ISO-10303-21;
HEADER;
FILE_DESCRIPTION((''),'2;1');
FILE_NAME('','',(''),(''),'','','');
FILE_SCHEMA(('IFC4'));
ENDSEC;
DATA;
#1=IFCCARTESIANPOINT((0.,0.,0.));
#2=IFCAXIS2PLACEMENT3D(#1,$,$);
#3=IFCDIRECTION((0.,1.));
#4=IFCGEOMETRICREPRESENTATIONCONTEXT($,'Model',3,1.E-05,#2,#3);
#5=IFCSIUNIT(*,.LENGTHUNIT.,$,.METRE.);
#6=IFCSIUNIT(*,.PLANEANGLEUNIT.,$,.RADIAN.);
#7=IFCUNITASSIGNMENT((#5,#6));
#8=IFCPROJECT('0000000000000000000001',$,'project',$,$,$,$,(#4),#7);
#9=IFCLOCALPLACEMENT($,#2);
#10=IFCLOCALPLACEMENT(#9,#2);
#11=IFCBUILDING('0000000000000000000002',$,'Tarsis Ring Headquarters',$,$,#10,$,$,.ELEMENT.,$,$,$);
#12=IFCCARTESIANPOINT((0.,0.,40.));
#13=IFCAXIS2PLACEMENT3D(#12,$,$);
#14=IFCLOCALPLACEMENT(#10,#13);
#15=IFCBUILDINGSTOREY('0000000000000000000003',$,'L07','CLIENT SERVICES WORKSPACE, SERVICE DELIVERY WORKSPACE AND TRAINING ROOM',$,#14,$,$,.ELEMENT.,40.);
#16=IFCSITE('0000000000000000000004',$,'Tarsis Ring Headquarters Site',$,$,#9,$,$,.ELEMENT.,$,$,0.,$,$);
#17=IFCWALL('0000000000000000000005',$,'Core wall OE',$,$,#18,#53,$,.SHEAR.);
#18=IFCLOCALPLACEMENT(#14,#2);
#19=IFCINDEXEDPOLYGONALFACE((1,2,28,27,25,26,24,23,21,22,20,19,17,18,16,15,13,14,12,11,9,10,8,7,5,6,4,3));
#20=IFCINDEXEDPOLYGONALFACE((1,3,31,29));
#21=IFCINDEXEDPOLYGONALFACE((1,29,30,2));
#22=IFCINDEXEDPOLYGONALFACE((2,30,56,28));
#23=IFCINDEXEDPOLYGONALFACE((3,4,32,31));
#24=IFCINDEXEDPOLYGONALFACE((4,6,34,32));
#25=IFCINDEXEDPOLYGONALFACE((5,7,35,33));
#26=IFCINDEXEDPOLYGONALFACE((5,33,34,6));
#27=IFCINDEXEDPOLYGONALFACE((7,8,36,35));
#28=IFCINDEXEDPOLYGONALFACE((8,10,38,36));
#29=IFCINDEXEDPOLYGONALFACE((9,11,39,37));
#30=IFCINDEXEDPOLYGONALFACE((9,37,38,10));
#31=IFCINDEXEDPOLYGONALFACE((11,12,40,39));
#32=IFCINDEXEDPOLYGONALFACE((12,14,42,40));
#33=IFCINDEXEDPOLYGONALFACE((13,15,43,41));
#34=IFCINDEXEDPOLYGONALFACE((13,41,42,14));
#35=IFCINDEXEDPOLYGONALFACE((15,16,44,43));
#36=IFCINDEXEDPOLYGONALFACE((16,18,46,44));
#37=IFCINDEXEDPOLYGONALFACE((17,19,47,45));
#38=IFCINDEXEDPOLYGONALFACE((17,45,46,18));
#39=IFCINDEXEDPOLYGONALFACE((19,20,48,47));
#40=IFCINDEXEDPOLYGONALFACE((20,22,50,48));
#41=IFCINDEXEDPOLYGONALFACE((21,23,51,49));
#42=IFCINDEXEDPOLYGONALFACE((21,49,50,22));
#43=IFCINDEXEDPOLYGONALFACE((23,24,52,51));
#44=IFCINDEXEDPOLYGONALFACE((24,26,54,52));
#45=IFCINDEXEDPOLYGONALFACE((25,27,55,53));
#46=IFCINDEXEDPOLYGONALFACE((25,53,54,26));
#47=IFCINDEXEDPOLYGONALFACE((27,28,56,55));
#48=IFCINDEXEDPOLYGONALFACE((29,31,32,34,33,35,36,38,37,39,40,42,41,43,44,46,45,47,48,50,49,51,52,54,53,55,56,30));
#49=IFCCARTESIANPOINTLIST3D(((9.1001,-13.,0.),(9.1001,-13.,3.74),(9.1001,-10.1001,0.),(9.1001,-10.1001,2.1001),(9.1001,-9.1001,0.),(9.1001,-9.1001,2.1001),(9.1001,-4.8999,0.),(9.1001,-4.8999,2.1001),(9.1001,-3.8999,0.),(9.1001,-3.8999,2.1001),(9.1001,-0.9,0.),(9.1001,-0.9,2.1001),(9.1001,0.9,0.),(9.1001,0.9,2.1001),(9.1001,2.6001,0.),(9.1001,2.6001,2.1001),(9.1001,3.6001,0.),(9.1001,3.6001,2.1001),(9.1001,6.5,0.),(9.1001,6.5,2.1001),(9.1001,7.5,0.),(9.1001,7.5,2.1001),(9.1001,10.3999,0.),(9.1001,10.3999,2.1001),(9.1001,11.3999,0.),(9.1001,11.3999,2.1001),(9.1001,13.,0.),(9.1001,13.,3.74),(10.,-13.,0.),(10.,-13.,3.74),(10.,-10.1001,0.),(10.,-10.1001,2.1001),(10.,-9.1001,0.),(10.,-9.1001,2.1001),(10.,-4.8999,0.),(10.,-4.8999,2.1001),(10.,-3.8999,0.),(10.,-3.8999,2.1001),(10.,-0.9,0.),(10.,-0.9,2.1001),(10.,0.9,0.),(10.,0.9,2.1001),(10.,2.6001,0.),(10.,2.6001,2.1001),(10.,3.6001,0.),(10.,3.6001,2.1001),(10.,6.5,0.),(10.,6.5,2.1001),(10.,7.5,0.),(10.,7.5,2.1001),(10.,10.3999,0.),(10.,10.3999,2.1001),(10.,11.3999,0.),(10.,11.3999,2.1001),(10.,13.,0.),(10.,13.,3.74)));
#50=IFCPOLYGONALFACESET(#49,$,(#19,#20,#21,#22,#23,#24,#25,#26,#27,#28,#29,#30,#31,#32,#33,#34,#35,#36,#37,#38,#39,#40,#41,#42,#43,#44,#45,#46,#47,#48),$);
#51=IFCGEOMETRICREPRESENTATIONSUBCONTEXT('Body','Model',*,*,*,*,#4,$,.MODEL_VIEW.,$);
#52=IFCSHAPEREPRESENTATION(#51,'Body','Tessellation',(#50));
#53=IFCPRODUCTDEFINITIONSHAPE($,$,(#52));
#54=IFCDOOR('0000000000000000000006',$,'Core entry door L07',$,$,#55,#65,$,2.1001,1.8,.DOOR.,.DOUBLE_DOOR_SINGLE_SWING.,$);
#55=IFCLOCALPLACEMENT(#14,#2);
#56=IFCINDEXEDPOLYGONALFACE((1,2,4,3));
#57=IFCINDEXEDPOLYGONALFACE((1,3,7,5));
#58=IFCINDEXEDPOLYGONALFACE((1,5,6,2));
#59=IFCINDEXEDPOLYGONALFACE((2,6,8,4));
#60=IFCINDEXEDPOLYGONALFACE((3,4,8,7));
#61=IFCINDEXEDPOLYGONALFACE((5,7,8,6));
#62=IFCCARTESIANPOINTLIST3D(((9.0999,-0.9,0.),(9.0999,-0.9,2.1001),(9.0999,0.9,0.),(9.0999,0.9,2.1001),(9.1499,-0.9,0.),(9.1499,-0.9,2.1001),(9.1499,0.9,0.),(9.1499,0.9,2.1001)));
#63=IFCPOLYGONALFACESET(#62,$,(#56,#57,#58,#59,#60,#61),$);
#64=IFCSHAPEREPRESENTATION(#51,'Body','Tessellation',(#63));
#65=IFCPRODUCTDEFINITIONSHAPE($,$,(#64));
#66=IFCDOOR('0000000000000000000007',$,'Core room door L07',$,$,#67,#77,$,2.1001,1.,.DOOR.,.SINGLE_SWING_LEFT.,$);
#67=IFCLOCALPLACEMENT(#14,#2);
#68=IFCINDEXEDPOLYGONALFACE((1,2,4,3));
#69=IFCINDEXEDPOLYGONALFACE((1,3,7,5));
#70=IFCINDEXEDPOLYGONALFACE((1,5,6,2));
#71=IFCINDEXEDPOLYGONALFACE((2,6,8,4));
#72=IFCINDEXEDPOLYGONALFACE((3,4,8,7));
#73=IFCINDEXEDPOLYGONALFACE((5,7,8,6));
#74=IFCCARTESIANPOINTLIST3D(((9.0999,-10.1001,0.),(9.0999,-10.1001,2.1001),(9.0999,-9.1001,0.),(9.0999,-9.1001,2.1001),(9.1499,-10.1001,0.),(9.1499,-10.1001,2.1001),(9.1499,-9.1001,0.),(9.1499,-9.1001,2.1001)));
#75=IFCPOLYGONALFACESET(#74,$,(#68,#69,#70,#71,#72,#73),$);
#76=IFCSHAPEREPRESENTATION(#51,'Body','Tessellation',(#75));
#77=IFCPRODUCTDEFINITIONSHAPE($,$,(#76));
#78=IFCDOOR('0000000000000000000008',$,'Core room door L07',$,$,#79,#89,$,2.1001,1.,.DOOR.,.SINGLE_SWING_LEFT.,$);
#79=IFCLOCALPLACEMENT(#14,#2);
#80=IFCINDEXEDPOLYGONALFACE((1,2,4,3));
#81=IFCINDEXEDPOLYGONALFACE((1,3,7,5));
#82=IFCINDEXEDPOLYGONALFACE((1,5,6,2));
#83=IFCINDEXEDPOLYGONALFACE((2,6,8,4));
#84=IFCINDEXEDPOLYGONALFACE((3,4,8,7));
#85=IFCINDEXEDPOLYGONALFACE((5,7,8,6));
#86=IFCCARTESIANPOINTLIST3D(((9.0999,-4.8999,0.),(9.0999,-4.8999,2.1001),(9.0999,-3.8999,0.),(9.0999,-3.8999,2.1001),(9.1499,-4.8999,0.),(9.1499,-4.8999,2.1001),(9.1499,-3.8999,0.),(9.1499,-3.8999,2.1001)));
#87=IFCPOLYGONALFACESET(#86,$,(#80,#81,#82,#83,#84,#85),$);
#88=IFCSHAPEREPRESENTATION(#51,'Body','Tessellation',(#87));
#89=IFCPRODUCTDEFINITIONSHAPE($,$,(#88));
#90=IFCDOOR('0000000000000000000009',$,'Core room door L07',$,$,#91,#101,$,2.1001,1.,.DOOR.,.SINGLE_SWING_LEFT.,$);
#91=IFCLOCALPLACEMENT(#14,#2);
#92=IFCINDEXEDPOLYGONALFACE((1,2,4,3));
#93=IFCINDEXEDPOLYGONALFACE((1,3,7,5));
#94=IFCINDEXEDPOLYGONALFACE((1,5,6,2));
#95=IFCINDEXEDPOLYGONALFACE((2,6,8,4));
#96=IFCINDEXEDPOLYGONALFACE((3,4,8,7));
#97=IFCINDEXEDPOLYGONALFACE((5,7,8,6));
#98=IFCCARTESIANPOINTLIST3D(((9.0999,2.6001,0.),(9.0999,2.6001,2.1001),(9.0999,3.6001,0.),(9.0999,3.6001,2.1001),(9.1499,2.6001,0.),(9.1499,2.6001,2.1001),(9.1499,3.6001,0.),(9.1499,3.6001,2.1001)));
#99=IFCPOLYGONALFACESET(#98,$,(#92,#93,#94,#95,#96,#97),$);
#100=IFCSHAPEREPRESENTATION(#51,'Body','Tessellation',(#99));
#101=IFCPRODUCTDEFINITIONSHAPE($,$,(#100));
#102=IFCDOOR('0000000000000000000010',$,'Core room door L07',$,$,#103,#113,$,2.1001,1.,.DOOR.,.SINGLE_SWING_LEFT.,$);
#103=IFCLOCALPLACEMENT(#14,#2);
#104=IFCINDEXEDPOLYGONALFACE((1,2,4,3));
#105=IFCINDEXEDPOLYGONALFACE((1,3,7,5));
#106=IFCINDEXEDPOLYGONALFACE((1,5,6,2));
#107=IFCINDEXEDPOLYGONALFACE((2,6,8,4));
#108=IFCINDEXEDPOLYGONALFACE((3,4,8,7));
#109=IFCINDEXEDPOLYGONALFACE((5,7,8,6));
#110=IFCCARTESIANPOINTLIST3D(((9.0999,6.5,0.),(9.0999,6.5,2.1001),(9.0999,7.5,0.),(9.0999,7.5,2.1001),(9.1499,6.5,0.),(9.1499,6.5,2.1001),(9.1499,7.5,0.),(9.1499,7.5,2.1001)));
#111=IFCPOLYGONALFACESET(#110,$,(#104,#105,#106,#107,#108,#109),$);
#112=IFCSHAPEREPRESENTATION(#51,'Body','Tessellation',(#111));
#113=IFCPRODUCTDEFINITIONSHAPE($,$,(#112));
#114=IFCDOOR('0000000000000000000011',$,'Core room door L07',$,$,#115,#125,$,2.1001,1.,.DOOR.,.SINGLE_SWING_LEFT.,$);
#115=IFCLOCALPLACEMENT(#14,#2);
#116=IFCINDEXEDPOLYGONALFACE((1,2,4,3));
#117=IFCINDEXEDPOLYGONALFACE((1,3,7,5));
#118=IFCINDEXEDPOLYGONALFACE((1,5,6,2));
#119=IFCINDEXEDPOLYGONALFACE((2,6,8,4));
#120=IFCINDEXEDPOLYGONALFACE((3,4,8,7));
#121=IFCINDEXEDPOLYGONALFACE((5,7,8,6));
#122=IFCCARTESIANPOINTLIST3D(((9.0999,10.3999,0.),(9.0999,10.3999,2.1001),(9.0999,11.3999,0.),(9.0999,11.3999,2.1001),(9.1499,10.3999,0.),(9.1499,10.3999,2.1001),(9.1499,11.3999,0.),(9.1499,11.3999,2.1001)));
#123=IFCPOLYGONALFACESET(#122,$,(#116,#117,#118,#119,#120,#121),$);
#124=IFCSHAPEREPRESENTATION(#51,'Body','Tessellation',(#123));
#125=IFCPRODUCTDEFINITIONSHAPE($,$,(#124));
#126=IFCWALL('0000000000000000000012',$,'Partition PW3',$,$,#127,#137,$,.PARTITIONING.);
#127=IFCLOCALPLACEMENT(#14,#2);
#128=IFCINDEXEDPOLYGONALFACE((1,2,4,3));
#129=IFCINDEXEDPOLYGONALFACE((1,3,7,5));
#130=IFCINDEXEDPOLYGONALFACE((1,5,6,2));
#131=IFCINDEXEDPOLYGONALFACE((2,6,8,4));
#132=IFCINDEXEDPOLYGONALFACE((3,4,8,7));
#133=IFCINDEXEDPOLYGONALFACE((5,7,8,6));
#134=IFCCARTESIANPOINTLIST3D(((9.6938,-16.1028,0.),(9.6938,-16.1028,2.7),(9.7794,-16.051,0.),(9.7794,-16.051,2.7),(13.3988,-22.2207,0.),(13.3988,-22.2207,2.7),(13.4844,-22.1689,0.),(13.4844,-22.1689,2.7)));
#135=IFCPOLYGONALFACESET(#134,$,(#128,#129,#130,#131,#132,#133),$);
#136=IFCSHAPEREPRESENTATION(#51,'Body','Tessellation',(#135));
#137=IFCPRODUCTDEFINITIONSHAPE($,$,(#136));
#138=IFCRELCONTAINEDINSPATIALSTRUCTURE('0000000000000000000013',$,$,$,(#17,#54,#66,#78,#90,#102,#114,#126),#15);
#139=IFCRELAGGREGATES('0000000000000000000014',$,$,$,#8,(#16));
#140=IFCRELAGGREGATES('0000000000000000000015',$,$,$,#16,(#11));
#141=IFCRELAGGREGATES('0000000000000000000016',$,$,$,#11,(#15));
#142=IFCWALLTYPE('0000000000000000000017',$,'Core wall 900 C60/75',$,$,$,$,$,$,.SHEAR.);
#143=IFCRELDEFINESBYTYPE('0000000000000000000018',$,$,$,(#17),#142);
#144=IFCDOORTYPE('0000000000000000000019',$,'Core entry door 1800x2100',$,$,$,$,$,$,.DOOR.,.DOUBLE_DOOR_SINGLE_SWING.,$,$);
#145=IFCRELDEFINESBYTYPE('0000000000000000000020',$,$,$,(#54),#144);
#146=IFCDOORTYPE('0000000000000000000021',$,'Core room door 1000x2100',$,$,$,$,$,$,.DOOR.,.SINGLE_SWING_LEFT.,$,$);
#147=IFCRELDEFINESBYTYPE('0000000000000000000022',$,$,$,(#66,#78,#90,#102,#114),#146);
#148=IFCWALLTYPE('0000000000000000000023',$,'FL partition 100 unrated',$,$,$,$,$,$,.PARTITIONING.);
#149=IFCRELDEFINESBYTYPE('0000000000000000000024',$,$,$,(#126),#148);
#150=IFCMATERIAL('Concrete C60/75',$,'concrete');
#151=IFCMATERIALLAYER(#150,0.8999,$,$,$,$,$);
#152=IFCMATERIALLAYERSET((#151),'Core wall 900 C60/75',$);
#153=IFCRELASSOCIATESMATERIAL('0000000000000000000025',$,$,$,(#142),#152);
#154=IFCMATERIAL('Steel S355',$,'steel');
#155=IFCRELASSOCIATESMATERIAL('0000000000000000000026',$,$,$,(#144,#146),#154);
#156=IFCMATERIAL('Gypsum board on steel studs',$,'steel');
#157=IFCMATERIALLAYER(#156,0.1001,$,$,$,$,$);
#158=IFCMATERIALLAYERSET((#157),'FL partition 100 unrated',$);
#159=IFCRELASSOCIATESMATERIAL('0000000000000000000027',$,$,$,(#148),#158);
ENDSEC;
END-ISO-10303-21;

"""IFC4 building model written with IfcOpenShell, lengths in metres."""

from ifc_helpers import new_model, si_unit, direction, frame, frame_2d, origin, place, context, subcontext, project, spatial, rectangle, extrude, material, layer, layer_set, type_object, element, fill, save


model = new_model("IFC4")

# Units and contexts
model_context = context("Model", 3, precision=1e-05, world=origin(), true_north=direction((0.0, 1.0)))
body_context = subcontext(model_context, "Body", "Model", "MODEL_VIEW")
ifc_project = project(units=[si_unit("LENGTHUNIT", "METRE"), si_unit("PLANEANGLEUNIT", "RADIAN")], contexts=[model_context])

# Site, building, storey
site_placement = place(None, origin())
site = spatial("IfcSite", under=ifc_project, at=site_placement, Name="Tarsis Ring Headquarters Site", CompositionType="ELEMENT", RefElevation=0.0)
building_placement = place(site_placement, origin())
building = spatial("IfcBuilding", under=site, at=building_placement, Name="Tarsis Ring Headquarters", CompositionType="ELEMENT")
storey_placement = place(building_placement, frame((0.0, 0.0, 40.0)))
storey = spatial("IfcBuildingStorey", under=building, at=storey_placement, Name="L07", Description="CLIENT SERVICES WORKSPACE, SERVICE DELIVERY WORKSPACE AND TRAINING ROOM", CompositionType="ELEMENT", Elevation=40.0)

# Wall, openings, doors
ifc_material_1 = material(Name="Concrete C60/75", Category="concrete")
ifc_layer_1 = layer(ifc_material_1, 0.8999)
ifc_layer_set_1 = layer_set([ifc_layer_1], Name="Core wall 900 C60/75")
wall_type_1 = type_object("IfcWallType", Name="Core wall 900 C60/75", PredefinedType="SHEAR", material=ifc_layer_set_1)
wall_1_placement = place(storey_placement, frame((9.55, -13.0, 0.0), z_axis=(0.0, 0.0, 1.0), x_axis=(0.0, 1.0, 0.0)))
wall_1 = element("IfcWall", 1, at=wall_1_placement, inside=storey, type_object=wall_type_1, Name="Core wall OE", PredefinedType="SHEAR", context=body_context, shape_type="SweptSolid", body=[
    extrude(rectangle(XDim=26.0, YDim=0.8999, at=frame_2d((13.0, 0.0))), origin(), (0.0, 0.0, 1.0), 3.74),
])
opening_1_placement = place(wall_1_placement, frame((2.8999, 0.0, 0.0)))
opening_1 = element("IfcOpeningElement", 2, at=opening_1_placement, cuts=wall_1, PredefinedType="OPENING", context=body_context, shape_type="SweptSolid", body=[
    extrude(rectangle(XDim=1.0, YDim=2.1001, at=frame_2d((0.5, 1.05))), frame((0.0, 0.46, 0.0), z_axis=(0.0, -1.0, 0.0), x_axis=(1.0, 0.0, 0.0)), (0.0, 0.0, 1.0), 0.9199),
])
opening_2_placement = place(wall_1_placement, frame((8.1001, 0.0, 0.0)))
opening_2 = element("IfcOpeningElement", 3, at=opening_2_placement, cuts=wall_1, PredefinedType="OPENING", context=body_context, shape_type="SweptSolid", body=[
    extrude(rectangle(XDim=1.0, YDim=2.1001, at=frame_2d((0.5, 1.05))), frame((0.0, 0.46, 0.0), z_axis=(0.0, -1.0, 0.0), x_axis=(1.0, 0.0, 0.0)), (0.0, 0.0, 1.0), 0.9199),
])
opening_3_placement = place(wall_1_placement, frame((12.1001, 0.0, 0.0)))
opening_3 = element("IfcOpeningElement", 4, at=opening_3_placement, cuts=wall_1, PredefinedType="OPENING", context=body_context, shape_type="SweptSolid", body=[
    extrude(rectangle(XDim=1.8, YDim=2.1001, at=frame_2d((0.8999, 1.05))), frame((0.0, 0.46, 0.0), z_axis=(0.0, -1.0, 0.0), x_axis=(1.0, 0.0, 0.0)), (0.0, 0.0, 1.0), 0.9199),
])
opening_4_placement = place(wall_1_placement, frame((15.6001, 0.0, 0.0)))
opening_4 = element("IfcOpeningElement", 5, at=opening_4_placement, cuts=wall_1, PredefinedType="OPENING", context=body_context, shape_type="SweptSolid", body=[
    extrude(rectangle(XDim=1.0, YDim=2.1001, at=frame_2d((0.5, 1.05))), frame((0.0, 0.46, 0.0), z_axis=(0.0, -1.0, 0.0), x_axis=(1.0, 0.0, 0.0)), (0.0, 0.0, 1.0), 0.9199),
])
opening_5_placement = place(wall_1_placement, frame((19.5, 0.0, 0.0)))
opening_5 = element("IfcOpeningElement", 6, at=opening_5_placement, cuts=wall_1, PredefinedType="OPENING", context=body_context, shape_type="SweptSolid", body=[
    extrude(rectangle(XDim=1.0, YDim=2.1001, at=frame_2d((0.5, 1.05))), frame((0.0, 0.46, 0.0), z_axis=(0.0, -1.0, 0.0), x_axis=(1.0, 0.0, 0.0)), (0.0, 0.0, 1.0), 0.9199),
])
opening_6_placement = place(wall_1_placement, frame((23.3999, 0.0, 0.0)))
opening_6 = element("IfcOpeningElement", 7, at=opening_6_placement, cuts=wall_1, PredefinedType="OPENING", context=body_context, shape_type="SweptSolid", body=[
    extrude(rectangle(XDim=1.0, YDim=2.1001, at=frame_2d((0.5, 1.05))), frame((0.0, 0.46, 0.0), z_axis=(0.0, -1.0, 0.0), x_axis=(1.0, 0.0, 0.0)), (0.0, 0.0, 1.0), 0.9199),
])
ifc_material_2 = material(Name="Steel S355", Category="steel")
door_type_1 = type_object("IfcDoorType", Name="Core entry door 1800x2100", OperationType="DOUBLE_DOOR_SINGLE_SWING", PredefinedType="DOOR", material=ifc_material_2)
door_1_placement = place(opening_3_placement, origin())
door_1 = element("IfcDoor", 8, at=door_1_placement, inside=storey, type_object=door_type_1, Name="Core entry door L07", OperationType="DOUBLE_DOOR_SINGLE_SWING", OverallHeight=2.1001, OverallWidth=1.8, PredefinedType="DOOR", context=body_context, shape_type="SweptSolid", body=[
    extrude(rectangle(XDim=1.8, YDim=2.1001, at=frame_2d((0.8999, 1.05))), frame((0.0, 0.4502, 0.0), z_axis=(0.0, -1.0, 0.0), x_axis=(1.0, 0.0, 0.0)), (0.0, 0.0, 1.0), 0.05),
])
fill(opening_3, door_1)
door_type_2 = type_object("IfcDoorType", Name="Core room door 1000x2100", OperationType="SINGLE_SWING_LEFT", PredefinedType="DOOR", material=ifc_material_2)
door_2_placement = place(opening_1_placement, origin())
door_2 = element("IfcDoor", 9, at=door_2_placement, inside=storey, type_object=door_type_2, Name="Core room door L07", OperationType="SINGLE_SWING_LEFT", OverallHeight=2.1001, OverallWidth=1.0, PredefinedType="DOOR", context=body_context, shape_type="SweptSolid", body=[
    extrude(rectangle(XDim=1.0, YDim=2.1001, at=frame_2d((0.5, 1.05))), frame((0.0, 0.4502, 0.0), z_axis=(0.0, -1.0, 0.0), x_axis=(1.0, 0.0, 0.0)), (0.0, 0.0, 1.0), 0.05),
])
fill(opening_1, door_2)
door_3_placement = place(opening_2_placement, origin())
door_3 = element("IfcDoor", 10, at=door_3_placement, inside=storey, type_object=door_type_2, Name="Core room door L07", OperationType="SINGLE_SWING_LEFT", OverallHeight=2.1001, OverallWidth=1.0, PredefinedType="DOOR", context=body_context, shape_type="SweptSolid", body=[
    extrude(rectangle(XDim=1.0, YDim=2.1001, at=frame_2d((0.5, 1.05))), frame((0.0, 0.4502, 0.0), z_axis=(0.0, -1.0, 0.0), x_axis=(1.0, 0.0, 0.0)), (0.0, 0.0, 1.0), 0.05),
])
fill(opening_2, door_3)
door_4_placement = place(opening_4_placement, origin())
door_4 = element("IfcDoor", 11, at=door_4_placement, inside=storey, type_object=door_type_2, Name="Core room door L07", OperationType="SINGLE_SWING_LEFT", OverallHeight=2.1001, OverallWidth=1.0, PredefinedType="DOOR", context=body_context, shape_type="SweptSolid", body=[
    extrude(rectangle(XDim=1.0, YDim=2.1001, at=frame_2d((0.5, 1.05))), frame((0.0, 0.4502, 0.0), z_axis=(0.0, -1.0, 0.0), x_axis=(1.0, 0.0, 0.0)), (0.0, 0.0, 1.0), 0.05),
])
fill(opening_4, door_4)
door_5_placement = place(opening_5_placement, origin())
door_5 = element("IfcDoor", 12, at=door_5_placement, inside=storey, type_object=door_type_2, Name="Core room door L07", OperationType="SINGLE_SWING_LEFT", OverallHeight=2.1001, OverallWidth=1.0, PredefinedType="DOOR", context=body_context, shape_type="SweptSolid", body=[
    extrude(rectangle(XDim=1.0, YDim=2.1001, at=frame_2d((0.5, 1.05))), frame((0.0, 0.4502, 0.0), z_axis=(0.0, -1.0, 0.0), x_axis=(1.0, 0.0, 0.0)), (0.0, 0.0, 1.0), 0.05),
])
fill(opening_5, door_5)
door_6_placement = place(opening_6_placement, origin())
door_6 = element("IfcDoor", 13, at=door_6_placement, inside=storey, type_object=door_type_2, Name="Core room door L07", OperationType="SINGLE_SWING_LEFT", OverallHeight=2.1001, OverallWidth=1.0, PredefinedType="DOOR", context=body_context, shape_type="SweptSolid", body=[
    extrude(rectangle(XDim=1.0, YDim=2.1001, at=frame_2d((0.5, 1.05))), frame((0.0, 0.4502, 0.0), z_axis=(0.0, -1.0, 0.0), x_axis=(1.0, 0.0, 0.0)), (0.0, 0.0, 1.0), 0.05),
])
fill(opening_6, door_6)

# Wall
ifc_material_3 = material(Name="Gypsum board on steel studs", Category="steel")
ifc_layer_2 = layer(ifc_material_3, 0.1001)
ifc_layer_set_2 = layer_set([ifc_layer_2], Name="FL partition 100 unrated")
wall_type_2 = type_object("IfcWallType", Name="FL partition 100 unrated", PredefinedType="PARTITIONING", material=ifc_layer_set_2)
wall_2_placement = place(storey_placement, frame((9.7366, -16.0769, 0.0), z_axis=(0.0, 0.0, 1.0), x_axis=(0.51802, -0.855368, 0.0)))
element("IfcWall", 14, at=wall_2_placement, inside=storey, type_object=wall_type_2, Name="Partition PW3", PredefinedType="PARTITIONING", context=body_context, shape_type="SweptSolid", body=[
    extrude(rectangle(XDim=7.1523, YDim=0.1001, at=frame_2d((3.5762, 0.0))), origin(), (0.0, 0.0, 1.0), 2.7),
])

save(model, "model.ifc")
